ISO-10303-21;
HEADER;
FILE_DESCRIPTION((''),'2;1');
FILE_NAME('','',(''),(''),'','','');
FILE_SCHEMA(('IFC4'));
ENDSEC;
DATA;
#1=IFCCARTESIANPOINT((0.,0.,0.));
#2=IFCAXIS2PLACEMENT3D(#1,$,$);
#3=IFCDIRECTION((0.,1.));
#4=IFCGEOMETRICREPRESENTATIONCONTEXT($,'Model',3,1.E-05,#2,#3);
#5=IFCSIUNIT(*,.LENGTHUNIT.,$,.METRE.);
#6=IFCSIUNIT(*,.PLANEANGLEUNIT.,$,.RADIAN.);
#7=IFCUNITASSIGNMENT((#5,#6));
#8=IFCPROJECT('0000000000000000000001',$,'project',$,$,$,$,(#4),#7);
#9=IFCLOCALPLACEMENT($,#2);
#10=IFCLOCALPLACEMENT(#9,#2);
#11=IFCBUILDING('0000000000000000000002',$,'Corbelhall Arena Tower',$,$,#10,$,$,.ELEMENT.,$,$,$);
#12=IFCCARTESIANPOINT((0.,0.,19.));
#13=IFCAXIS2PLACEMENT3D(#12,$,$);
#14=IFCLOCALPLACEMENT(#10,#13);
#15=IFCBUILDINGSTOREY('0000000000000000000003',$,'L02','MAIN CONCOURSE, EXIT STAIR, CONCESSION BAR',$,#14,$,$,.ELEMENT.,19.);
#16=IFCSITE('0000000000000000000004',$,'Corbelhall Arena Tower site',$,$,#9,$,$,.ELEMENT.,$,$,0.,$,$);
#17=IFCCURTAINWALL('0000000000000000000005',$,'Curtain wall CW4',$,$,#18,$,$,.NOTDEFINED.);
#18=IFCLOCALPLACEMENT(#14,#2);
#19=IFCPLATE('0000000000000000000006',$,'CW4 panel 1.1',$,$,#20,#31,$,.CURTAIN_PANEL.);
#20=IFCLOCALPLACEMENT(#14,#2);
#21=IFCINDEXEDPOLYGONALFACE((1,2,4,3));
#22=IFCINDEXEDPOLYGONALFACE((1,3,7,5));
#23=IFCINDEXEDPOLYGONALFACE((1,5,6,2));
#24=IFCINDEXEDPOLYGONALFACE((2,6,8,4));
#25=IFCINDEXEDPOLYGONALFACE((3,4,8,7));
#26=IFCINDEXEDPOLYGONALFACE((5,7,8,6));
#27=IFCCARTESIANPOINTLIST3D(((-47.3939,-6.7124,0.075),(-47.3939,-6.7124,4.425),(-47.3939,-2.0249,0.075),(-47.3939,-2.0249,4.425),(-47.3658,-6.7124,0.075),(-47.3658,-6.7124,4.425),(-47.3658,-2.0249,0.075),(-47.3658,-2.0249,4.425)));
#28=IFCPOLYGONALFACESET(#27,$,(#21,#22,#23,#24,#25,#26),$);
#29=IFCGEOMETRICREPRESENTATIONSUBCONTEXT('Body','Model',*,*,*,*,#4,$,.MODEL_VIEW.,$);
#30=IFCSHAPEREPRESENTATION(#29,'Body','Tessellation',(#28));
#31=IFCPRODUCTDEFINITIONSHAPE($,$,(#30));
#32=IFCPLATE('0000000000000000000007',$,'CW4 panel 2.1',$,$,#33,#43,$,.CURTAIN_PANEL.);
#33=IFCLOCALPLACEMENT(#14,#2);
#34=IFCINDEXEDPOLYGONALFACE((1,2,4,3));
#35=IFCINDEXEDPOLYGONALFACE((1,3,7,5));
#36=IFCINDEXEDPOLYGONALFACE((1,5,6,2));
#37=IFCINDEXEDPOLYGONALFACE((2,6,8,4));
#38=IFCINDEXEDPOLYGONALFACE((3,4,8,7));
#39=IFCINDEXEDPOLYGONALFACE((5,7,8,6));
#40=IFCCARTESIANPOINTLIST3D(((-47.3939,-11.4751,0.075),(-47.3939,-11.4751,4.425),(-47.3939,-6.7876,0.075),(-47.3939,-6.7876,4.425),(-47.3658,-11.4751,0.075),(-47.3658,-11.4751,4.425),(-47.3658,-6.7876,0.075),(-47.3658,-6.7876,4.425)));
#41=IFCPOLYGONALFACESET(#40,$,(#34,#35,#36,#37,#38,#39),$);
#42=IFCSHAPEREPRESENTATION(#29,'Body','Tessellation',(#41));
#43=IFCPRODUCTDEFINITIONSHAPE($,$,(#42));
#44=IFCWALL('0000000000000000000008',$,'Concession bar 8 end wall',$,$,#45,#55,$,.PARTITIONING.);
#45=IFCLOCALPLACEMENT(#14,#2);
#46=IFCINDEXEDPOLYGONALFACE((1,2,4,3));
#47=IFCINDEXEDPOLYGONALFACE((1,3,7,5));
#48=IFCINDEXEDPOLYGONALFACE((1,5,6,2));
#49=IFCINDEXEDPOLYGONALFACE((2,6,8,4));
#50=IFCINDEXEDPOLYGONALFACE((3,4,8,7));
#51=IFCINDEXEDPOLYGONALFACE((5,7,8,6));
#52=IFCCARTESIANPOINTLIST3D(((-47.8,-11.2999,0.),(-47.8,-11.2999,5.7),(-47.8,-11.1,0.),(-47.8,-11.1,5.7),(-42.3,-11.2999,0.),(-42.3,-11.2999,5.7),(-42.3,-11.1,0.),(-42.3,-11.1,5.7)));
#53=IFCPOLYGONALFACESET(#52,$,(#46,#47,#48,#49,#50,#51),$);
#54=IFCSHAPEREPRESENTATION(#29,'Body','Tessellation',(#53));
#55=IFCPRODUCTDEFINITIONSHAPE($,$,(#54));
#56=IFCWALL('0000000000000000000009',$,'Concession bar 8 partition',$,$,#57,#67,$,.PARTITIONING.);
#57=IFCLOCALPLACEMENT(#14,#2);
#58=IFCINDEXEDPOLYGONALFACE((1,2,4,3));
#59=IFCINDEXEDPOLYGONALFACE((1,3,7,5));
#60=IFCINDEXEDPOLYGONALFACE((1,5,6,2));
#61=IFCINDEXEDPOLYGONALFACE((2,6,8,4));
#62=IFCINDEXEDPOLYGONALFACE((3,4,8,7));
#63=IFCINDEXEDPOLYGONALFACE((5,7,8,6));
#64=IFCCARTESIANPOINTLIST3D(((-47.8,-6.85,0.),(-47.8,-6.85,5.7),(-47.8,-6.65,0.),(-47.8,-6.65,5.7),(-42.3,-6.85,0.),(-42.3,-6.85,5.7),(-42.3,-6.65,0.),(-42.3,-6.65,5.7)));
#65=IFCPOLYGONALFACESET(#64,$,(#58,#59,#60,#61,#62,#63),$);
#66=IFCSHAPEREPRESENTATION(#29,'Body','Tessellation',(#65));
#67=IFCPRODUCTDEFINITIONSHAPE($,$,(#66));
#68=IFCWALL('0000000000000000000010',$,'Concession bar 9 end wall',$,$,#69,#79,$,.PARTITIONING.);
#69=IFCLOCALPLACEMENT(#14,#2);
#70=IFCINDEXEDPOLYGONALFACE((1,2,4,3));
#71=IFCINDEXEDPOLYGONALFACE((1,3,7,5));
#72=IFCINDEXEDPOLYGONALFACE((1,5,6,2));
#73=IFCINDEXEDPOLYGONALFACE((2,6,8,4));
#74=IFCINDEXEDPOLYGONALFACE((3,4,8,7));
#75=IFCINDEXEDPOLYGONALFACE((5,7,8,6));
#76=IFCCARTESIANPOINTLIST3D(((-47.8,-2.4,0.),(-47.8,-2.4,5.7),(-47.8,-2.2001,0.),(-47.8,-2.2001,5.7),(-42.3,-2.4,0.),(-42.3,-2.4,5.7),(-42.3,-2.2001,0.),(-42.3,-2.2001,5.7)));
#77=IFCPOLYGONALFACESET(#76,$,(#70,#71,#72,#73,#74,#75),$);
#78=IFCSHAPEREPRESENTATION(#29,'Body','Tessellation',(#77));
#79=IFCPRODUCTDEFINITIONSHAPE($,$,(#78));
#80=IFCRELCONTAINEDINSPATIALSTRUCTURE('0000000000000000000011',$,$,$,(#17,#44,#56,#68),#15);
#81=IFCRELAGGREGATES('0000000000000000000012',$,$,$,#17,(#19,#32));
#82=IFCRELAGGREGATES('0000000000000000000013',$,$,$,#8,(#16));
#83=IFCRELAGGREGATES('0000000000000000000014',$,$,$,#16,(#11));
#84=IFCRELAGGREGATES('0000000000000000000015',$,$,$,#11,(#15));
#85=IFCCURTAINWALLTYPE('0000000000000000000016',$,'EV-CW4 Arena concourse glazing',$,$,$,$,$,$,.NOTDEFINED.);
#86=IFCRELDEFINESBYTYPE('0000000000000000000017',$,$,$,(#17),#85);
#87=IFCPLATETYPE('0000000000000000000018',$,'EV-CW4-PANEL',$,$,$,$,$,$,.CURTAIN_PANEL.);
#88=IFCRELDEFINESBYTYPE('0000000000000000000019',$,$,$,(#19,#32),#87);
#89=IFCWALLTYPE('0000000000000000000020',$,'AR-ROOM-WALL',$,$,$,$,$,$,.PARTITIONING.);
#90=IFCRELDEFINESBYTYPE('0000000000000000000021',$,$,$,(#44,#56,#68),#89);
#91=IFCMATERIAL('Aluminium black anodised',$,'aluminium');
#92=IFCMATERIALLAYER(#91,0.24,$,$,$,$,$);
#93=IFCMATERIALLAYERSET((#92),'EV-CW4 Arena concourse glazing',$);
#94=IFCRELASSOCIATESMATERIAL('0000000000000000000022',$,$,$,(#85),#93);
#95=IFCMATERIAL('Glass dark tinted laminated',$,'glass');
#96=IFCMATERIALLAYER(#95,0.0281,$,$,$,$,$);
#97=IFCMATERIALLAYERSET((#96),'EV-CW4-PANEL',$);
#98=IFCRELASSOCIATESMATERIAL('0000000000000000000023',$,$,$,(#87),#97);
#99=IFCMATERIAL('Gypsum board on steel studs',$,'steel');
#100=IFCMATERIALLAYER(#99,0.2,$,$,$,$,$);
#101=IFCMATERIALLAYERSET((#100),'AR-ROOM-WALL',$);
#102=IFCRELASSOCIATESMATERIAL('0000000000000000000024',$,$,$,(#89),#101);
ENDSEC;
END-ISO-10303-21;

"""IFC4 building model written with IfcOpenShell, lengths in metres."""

from ifc_helpers import new_model, si_unit, direction, frame, frame_2d, origin, origin_2d, place, context, subcontext, project, spatial, rectangle, extrude, material, layer, layer_set, type_object, element, aggregate, save


model = new_model("IFC4")

# Units and contexts
model_context = context("Model", 3, precision=1e-05, world=origin(), true_north=direction((0.0, 1.0)))
body_context = subcontext(model_context, "Body", "Model", "MODEL_VIEW")
ifc_project = project(units=[si_unit("LENGTHUNIT", "METRE"), si_unit("PLANEANGLEUNIT", "RADIAN")], contexts=[model_context])

# Site, building, storey
site_placement = place(None, origin())
site = spatial("IfcSite", under=ifc_project, at=site_placement, Name="Corbelhall Arena Tower site", CompositionType="ELEMENT", RefElevation=0.0)
building_placement = place(site_placement, origin())
building = spatial("IfcBuilding", under=site, at=building_placement, Name="Corbelhall Arena Tower", CompositionType="ELEMENT")
storey_placement = place(building_placement, frame((0.0, 0.0, 19.0)))
storey = spatial("IfcBuildingStorey", under=building, at=storey_placement, Name="L02", Description="MAIN CONCOURSE, EXIT STAIR, CONCESSION BAR", CompositionType="ELEMENT", Elevation=19.0)

# Curtain wall
ifc_material_1 = material(Name="Aluminium black anodised", Category="aluminium")
ifc_layer_1 = layer(ifc_material_1, 0.24)
ifc_layer_set_1 = layer_set([ifc_layer_1], Name="EV-CW4 Arena concourse glazing")
curtain_wall_type = type_object("IfcCurtainWallType", Name="EV-CW4 Arena concourse glazing", PredefinedType="NOTDEFINED", material=ifc_layer_set_1)
curtain_wall_1_placement = place(storey_placement, origin())
curtain_wall_1 = element("IfcCurtainWall", 1, at=curtain_wall_1_placement, inside=storey, type_object=curtain_wall_type, Name="Curtain wall CW4", PredefinedType="NOTDEFINED")

# Plates
ifc_material_2 = material(Name="Glass dark tinted laminated", Category="glass")
ifc_layer_2 = layer(ifc_material_2, 0.0281)
ifc_layer_set_2 = layer_set([ifc_layer_2], Name="EV-CW4-PANEL")
plate_type = type_object("IfcPlateType", Name="EV-CW4-PANEL", PredefinedType="CURTAIN_PANEL", material=ifc_layer_set_2)
plate_1_placement = place(storey_placement, frame((-47.3799, -4.3687, 0.075), z_axis=(0.0, 0.0, 1.0), x_axis=(0.0, -1.0, 0.0)))
plate_1 = element("IfcPlate", 2, at=plate_1_placement, type_object=plate_type, Name="CW4 panel 1.1", PredefinedType="CURTAIN_PANEL", context=body_context, shape_type="SweptSolid", body=[
    extrude(rectangle(XDim=4.6875, YDim=0.0281, at=origin_2d()), origin(), (0.0, 0.0, 1.0), 4.3501),
])
plate_2_placement = place(storey_placement, frame((-47.3799, -9.1313, 0.075), z_axis=(0.0, 0.0, 1.0), x_axis=(0.0, -1.0, 0.0)))
plate_2 = element("IfcPlate", 3, at=plate_2_placement, type_object=plate_type, Name="CW4 panel 2.1", PredefinedType="CURTAIN_PANEL", context=body_context, shape_type="SweptSolid", body=[
    extrude(rectangle(XDim=4.6875, YDim=0.0281, at=origin_2d()), origin(), (0.0, 0.0, 1.0), 4.3501),
])
aggregate(curtain_wall_1, [plate_1, plate_2])

# Walls
ifc_material_3 = material(Name="Gypsum board on steel studs", Category="steel")
ifc_layer_3 = layer(ifc_material_3, 0.2)
ifc_layer_set_3 = layer_set([ifc_layer_3], Name="AR-ROOM-WALL")
wall_type_1 = type_object("IfcWallType", Name="AR-ROOM-WALL", PredefinedType="PARTITIONING", material=ifc_layer_set_3)
for number, where, z_axis, x_axis, name in (
    (4, (-42.3, -11.2, 0.0), (0.0, 0.0, 1.0), (-1.0, 0.0, 0.0), "Concession bar 8 end wall"),
    (5, (-47.8, -6.75, 0.0), (0.0, 0.0, 1.0), (1.0, 0.0, 0.0), "Concession bar 8 partition"),
    (6, (-42.3, -2.3, 0.0), (0.0, 0.0, 1.0), (-1.0, 0.0, 0.0), "Concession bar 9 end wall"),
):
    element("IfcWall", number, at=place(storey_placement, frame(where, z_axis=z_axis, x_axis=x_axis)), inside=storey, type_object=wall_type_1, Name=name, PredefinedType="PARTITIONING", context=body_context, shape_type="SweptSolid", body=[
        extrude(rectangle(XDim=5.5, YDim=0.2, at=frame_2d((2.75, 0.0))), origin(), (0.0, 0.0, 1.0), 5.7),
    ])

save(model, "model.ifc")
